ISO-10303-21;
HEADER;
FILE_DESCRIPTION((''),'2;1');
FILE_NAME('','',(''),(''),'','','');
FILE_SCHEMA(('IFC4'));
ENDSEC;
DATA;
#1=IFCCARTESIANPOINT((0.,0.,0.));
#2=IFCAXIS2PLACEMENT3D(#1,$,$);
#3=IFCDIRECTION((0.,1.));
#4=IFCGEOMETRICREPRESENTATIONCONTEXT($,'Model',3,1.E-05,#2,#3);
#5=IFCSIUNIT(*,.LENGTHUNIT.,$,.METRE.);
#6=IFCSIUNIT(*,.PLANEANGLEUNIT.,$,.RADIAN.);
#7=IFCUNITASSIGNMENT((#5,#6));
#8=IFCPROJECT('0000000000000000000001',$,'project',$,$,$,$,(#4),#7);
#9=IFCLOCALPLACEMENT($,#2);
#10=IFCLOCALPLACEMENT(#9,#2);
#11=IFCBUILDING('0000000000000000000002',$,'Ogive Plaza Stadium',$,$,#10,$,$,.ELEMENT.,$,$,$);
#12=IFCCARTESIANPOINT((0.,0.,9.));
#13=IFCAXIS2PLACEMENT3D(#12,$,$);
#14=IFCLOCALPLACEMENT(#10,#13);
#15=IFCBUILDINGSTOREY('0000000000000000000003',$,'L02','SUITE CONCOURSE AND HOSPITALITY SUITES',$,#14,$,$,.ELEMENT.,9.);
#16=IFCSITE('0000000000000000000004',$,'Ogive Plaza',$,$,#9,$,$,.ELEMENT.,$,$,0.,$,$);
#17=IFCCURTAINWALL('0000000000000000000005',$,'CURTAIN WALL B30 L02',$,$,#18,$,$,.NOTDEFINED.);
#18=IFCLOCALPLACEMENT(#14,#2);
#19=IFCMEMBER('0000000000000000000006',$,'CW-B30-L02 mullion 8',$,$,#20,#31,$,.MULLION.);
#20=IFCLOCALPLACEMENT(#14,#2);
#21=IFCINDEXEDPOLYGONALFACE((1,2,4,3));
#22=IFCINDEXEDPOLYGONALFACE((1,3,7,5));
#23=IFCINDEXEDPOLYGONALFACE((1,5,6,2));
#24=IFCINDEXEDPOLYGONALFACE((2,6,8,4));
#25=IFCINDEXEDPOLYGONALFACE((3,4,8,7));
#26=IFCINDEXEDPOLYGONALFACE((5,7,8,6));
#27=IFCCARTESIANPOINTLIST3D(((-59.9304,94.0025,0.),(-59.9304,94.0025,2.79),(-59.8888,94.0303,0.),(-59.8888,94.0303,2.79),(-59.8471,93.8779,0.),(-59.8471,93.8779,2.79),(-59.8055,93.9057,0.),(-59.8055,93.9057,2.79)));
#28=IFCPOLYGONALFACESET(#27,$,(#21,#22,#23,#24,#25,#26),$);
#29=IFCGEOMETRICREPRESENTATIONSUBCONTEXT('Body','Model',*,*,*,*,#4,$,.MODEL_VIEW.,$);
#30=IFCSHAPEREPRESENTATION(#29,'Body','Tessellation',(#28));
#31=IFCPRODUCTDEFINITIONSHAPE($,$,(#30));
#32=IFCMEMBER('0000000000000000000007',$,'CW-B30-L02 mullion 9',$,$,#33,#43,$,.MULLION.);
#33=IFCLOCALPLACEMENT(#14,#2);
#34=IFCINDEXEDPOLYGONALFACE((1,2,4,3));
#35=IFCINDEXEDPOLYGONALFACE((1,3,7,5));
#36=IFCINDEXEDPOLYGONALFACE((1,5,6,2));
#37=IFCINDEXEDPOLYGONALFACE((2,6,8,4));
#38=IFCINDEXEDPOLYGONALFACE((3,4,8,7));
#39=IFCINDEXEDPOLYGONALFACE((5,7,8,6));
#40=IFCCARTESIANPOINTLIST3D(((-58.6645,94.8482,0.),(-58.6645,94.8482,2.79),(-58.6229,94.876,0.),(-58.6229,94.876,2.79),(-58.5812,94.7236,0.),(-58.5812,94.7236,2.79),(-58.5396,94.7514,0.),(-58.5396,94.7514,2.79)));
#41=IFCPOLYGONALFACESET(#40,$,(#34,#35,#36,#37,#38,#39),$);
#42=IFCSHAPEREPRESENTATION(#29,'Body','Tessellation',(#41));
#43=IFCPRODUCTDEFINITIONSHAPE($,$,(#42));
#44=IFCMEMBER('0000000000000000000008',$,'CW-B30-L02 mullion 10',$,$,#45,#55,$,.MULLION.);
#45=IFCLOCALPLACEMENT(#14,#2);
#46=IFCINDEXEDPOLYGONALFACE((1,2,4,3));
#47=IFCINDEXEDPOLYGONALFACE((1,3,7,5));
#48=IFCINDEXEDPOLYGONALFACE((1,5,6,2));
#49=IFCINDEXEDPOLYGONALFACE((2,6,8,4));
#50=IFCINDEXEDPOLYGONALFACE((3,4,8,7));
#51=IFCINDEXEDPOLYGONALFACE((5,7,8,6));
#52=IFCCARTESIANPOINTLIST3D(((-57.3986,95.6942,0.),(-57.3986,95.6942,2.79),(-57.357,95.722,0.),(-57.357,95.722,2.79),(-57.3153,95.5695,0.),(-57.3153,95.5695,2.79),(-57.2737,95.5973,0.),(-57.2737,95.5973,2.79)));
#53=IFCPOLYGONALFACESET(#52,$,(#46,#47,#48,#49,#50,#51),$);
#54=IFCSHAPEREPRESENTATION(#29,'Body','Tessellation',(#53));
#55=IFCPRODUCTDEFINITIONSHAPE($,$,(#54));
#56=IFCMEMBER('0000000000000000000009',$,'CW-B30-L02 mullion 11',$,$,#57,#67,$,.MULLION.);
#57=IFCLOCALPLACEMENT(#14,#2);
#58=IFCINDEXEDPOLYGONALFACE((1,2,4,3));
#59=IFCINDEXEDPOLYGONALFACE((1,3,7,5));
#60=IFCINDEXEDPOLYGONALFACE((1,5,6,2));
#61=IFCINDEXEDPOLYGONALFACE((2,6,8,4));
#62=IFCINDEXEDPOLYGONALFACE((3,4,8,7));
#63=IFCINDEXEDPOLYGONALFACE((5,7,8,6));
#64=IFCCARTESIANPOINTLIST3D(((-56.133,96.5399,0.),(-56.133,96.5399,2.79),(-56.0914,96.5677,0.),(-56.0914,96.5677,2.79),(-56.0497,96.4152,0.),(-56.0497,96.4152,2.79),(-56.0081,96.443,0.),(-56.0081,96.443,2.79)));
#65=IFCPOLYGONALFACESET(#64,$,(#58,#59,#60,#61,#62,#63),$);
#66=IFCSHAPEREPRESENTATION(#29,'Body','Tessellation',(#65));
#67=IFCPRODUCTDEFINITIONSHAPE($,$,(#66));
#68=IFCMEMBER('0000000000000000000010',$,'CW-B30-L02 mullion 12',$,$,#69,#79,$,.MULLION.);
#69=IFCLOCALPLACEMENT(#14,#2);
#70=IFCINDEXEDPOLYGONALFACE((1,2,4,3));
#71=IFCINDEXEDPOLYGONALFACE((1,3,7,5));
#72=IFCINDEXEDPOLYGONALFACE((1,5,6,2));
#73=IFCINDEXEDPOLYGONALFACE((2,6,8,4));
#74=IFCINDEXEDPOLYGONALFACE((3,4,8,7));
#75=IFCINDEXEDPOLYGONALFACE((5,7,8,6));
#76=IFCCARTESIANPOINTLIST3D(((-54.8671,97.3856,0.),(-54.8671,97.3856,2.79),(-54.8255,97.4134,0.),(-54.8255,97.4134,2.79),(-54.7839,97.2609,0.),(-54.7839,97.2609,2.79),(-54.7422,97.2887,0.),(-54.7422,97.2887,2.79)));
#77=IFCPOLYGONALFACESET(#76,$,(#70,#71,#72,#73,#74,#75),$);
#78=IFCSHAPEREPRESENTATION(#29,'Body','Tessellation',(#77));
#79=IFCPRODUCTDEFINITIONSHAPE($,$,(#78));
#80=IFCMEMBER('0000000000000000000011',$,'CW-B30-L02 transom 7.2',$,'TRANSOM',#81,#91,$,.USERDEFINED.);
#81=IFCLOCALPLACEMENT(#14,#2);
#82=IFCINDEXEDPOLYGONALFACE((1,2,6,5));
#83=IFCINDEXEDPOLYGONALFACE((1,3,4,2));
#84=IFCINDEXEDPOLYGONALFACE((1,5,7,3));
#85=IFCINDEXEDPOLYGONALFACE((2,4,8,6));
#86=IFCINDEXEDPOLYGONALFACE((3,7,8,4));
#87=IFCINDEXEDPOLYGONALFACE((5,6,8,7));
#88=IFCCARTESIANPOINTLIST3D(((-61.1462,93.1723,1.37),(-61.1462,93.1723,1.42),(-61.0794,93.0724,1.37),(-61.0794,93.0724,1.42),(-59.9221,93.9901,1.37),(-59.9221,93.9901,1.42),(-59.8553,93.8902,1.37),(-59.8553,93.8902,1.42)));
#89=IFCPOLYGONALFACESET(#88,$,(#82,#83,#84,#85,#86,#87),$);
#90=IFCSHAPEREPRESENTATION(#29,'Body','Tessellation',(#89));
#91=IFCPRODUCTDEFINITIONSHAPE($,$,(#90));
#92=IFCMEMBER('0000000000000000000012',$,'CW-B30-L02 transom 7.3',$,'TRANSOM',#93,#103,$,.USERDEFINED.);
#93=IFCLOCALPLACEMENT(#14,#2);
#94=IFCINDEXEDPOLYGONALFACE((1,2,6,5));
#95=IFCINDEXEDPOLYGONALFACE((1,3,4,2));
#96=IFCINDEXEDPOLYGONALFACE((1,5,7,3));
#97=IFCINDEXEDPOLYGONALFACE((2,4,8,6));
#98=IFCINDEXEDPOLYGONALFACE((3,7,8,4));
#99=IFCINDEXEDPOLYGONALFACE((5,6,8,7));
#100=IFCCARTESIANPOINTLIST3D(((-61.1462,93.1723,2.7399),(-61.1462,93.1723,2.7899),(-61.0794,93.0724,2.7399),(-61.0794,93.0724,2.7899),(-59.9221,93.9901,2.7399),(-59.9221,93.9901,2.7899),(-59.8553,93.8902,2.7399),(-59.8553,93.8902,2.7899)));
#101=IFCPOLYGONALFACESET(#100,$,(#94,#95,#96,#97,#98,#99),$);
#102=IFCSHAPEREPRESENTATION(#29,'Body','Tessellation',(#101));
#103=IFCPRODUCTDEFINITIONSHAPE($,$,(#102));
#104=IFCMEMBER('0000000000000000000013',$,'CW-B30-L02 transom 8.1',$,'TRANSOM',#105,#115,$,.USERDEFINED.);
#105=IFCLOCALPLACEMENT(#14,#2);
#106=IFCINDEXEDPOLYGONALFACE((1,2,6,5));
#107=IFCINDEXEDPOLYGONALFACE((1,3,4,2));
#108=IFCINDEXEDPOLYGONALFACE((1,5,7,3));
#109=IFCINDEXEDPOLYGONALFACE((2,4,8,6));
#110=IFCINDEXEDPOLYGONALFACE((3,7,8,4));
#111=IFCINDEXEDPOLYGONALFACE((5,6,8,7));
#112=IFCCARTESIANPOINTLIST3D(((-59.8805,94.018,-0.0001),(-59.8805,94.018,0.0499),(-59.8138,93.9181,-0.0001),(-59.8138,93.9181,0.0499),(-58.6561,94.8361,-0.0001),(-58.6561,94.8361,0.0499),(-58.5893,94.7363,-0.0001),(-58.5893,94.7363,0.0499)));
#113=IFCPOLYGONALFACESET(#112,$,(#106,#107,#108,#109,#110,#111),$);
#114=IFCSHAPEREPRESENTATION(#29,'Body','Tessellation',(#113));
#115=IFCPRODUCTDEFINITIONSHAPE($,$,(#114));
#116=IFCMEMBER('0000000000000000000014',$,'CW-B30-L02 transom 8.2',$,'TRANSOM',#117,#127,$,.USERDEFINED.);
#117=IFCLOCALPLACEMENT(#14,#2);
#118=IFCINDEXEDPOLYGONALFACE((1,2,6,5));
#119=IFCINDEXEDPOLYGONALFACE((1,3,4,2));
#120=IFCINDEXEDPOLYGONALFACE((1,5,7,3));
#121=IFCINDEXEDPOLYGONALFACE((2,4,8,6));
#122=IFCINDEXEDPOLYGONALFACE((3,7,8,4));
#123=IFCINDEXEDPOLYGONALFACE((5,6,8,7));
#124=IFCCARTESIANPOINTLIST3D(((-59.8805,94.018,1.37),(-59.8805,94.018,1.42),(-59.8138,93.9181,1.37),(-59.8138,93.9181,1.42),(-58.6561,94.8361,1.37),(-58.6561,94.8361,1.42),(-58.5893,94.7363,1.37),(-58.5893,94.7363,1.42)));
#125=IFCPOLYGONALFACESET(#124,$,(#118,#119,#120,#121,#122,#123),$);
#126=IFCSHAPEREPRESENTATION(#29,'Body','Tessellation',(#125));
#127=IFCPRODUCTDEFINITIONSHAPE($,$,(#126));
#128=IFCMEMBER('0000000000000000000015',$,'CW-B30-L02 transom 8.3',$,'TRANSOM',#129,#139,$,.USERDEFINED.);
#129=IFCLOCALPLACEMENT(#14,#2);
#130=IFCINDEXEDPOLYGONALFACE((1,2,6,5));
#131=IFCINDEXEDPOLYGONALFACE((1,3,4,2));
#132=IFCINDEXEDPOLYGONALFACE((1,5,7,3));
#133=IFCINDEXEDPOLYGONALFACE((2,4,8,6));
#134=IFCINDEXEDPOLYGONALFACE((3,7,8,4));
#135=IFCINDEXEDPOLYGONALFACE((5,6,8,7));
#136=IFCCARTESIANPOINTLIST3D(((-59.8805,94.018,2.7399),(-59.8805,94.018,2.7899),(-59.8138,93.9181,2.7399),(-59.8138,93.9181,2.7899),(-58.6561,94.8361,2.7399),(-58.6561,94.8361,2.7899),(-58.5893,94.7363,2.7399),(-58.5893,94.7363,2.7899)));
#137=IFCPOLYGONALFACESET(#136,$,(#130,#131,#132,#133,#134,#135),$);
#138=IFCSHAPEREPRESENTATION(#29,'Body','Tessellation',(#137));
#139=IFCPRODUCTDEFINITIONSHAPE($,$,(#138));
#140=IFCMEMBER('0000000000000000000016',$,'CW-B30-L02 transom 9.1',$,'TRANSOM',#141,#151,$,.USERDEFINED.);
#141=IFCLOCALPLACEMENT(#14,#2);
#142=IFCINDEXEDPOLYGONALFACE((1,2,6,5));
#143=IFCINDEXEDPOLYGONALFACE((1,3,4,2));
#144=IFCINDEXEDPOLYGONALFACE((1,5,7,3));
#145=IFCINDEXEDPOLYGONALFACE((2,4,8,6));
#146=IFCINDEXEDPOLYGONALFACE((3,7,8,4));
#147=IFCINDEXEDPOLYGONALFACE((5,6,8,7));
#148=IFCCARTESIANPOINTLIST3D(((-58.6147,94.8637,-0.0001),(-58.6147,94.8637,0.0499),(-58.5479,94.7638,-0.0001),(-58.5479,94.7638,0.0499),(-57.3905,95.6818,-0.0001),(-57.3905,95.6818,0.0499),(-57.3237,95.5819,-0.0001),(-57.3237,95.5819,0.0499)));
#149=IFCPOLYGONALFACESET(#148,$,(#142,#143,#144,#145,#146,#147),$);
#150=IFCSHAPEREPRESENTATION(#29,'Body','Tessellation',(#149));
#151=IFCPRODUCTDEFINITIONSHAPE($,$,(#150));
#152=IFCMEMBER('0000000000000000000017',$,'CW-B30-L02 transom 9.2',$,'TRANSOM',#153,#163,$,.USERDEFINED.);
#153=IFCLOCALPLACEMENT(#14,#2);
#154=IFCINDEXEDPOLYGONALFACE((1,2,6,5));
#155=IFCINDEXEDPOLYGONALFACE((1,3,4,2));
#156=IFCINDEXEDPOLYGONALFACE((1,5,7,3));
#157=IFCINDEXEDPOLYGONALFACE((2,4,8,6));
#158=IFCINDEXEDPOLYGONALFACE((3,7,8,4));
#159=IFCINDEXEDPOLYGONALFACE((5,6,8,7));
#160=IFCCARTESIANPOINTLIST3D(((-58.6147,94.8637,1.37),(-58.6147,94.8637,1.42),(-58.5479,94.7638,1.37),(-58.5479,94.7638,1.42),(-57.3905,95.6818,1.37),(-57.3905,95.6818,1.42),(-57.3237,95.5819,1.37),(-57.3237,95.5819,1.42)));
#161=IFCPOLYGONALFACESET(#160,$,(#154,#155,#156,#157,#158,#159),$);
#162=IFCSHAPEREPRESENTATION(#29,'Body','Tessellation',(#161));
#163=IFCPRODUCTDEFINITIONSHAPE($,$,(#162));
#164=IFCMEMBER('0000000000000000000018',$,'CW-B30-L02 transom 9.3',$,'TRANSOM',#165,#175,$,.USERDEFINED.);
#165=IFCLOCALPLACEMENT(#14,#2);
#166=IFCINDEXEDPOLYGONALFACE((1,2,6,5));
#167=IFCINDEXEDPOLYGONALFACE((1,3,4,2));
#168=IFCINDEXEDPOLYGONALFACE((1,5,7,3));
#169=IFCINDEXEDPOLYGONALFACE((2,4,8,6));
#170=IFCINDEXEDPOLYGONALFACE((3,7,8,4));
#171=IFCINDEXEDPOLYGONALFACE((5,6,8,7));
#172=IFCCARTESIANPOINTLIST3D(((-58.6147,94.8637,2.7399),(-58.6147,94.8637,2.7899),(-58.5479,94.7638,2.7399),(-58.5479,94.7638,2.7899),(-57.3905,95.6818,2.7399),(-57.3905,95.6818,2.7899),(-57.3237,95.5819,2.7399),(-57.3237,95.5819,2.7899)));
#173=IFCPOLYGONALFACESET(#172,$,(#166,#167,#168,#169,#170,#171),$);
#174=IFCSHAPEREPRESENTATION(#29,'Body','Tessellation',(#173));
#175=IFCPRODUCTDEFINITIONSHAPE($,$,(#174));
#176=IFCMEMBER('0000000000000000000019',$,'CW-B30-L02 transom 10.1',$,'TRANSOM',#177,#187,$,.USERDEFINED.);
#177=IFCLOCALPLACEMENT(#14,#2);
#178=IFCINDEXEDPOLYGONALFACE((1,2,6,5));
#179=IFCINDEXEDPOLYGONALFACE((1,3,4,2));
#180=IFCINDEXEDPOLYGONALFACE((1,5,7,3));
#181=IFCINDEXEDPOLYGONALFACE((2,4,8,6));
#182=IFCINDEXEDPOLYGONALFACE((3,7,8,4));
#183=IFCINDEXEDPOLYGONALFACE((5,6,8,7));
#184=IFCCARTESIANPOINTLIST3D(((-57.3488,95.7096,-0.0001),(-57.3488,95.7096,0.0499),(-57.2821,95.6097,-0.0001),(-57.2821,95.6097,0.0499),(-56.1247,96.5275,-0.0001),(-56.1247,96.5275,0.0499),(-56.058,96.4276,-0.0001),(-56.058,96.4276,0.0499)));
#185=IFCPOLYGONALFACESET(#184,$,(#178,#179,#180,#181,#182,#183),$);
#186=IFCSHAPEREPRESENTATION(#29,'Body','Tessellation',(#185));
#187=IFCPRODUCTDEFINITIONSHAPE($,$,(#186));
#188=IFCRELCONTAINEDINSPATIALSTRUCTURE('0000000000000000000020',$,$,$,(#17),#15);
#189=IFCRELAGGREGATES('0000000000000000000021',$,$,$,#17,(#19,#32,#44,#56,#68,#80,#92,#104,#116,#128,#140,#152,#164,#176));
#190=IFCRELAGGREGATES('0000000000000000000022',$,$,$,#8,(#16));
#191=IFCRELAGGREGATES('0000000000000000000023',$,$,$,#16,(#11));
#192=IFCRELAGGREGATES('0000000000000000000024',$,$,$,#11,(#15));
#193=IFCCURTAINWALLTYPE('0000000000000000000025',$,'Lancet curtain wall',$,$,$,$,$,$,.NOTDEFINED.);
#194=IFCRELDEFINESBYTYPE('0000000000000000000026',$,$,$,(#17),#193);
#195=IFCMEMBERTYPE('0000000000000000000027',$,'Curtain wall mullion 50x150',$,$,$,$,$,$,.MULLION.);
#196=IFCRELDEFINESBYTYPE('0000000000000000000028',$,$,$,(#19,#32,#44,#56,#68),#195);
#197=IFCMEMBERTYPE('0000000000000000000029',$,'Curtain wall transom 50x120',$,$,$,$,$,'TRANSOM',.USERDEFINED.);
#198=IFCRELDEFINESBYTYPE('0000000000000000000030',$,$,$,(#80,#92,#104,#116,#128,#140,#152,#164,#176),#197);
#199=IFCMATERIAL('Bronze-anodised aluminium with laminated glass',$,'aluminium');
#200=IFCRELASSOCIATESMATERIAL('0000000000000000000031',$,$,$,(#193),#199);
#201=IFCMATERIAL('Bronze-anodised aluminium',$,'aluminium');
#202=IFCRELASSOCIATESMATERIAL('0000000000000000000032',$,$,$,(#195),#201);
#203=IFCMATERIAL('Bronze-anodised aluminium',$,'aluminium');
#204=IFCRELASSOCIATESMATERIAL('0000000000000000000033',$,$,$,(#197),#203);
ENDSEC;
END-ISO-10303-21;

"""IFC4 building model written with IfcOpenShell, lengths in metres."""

from ifc_helpers import new_model, si_unit, direction, frame, origin, origin_2d, place, context, subcontext, project, spatial, rectangle, extrude, material, material_profile, profile_set, type_object, element, aggregate, save


model = new_model("IFC4")

# Units and contexts
model_context = context("Model", 3, precision=1e-05, world=origin(), true_north=direction((0.0, 1.0)))
body_context = subcontext(model_context, "Body", "Model", "MODEL_VIEW")
ifc_project = project(units=[si_unit("LENGTHUNIT", "METRE"), si_unit("PLANEANGLEUNIT", "RADIAN")], contexts=[model_context])

# Site, building, storey
site_placement = place(None, origin())
site = spatial("IfcSite", under=ifc_project, at=site_placement, Name="Ogive Plaza", CompositionType="ELEMENT", RefElevation=0.0)
building_placement = place(site_placement, origin())
building = spatial("IfcBuilding", under=site, at=building_placement, Name="Ogive Plaza Stadium", CompositionType="ELEMENT")
storey_placement = place(building_placement, frame((0.0, 0.0, 9.0)))
storey = spatial("IfcBuildingStorey", under=building, at=storey_placement, Name="L02", Description="SUITE CONCOURSE AND HOSPITALITY SUITES", CompositionType="ELEMENT", Elevation=9.0)

# Curtain wall, members
ifc_material_1 = material(Name="Bronze-anodised aluminium with laminated glass", Category="aluminium")
curtain_wall_type = type_object("IfcCurtainWallType", Name="Lancet curtain wall", PredefinedType="NOTDEFINED", material=ifc_material_1)
curtain_wall_placement = place(storey_placement, origin())
curtain_wall = element("IfcCurtainWall", 1, at=curtain_wall_placement, inside=storey, type_object=curtain_wall_type, Name="CURTAIN WALL B30 L02", PredefinedType="NOTDEFINED")
ifc_material_2 = material(Name="Bronze-anodised aluminium", Category="aluminium")
ifc_material_profile_1 = material_profile(ifc_material_2, rectangle(XDim=0.1499, YDim=0.05, at=origin_2d()), Name="AL 150x50")
ifc_profile_set_1 = profile_set([ifc_material_profile_1], Name="Bronze-anodised aluminium")
member_type_1 = type_object("IfcMemberType", Name="Curtain wall mullion 50x150", PredefinedType="MULLION", material=ifc_profile_set_1)
member_1_placement = place(storey_placement, frame((-59.8679, 93.9541, 0.0), z_axis=(0.0, 0.0, 1.0), x_axis=(-0.55557, 0.83147, 0.0)))
member_1 = element("IfcMember", 2, at=member_1_placement, type_object=member_type_1, Name="CW-B30-L02 mullion 8", PredefinedType="MULLION", context=body_context, shape_type="SweptSolid", body=[
    extrude(rectangle(XDim=0.1499, YDim=0.05, at=origin_2d()), origin(), (0.0, 0.0, 1.0), 2.79),
])
member_2_placement = place(storey_placement, frame((-58.6021, 94.7998, 0.0), z_axis=(0.0, 0.0, 1.0), x_axis=(-0.55557, 0.83147, 0.0)))
member_2 = element("IfcMember", 3, at=member_2_placement, type_object=member_type_1, Name="CW-B30-L02 mullion 9", PredefinedType="MULLION", context=body_context, shape_type="SweptSolid", body=[
    extrude(rectangle(XDim=0.1499, YDim=0.05, at=origin_2d()), origin(), (0.0, 0.0, 1.0), 2.79),
])
member_3_placement = place(storey_placement, frame((-57.3362, 95.6458, 0.0), z_axis=(0.0, 0.0, 1.0), x_axis=(-0.55557, 0.83147, 0.0)))
member_3 = element("IfcMember", 4, at=member_3_placement, type_object=member_type_1, Name="CW-B30-L02 mullion 10", PredefinedType="MULLION", context=body_context, shape_type="SweptSolid", body=[
    extrude(rectangle(XDim=0.1499, YDim=0.05, at=origin_2d()), origin(), (0.0, 0.0, 1.0), 2.79),
])
member_4_placement = place(storey_placement, frame((-56.0706, 96.4915, 0.0), z_axis=(0.0, 0.0, 1.0), x_axis=(-0.55557, 0.83147, 0.0)))
member_4 = element("IfcMember", 5, at=member_4_placement, type_object=member_type_1, Name="CW-B30-L02 mullion 11", PredefinedType="MULLION", context=body_context, shape_type="SweptSolid", body=[
    extrude(rectangle(XDim=0.1499, YDim=0.05, at=origin_2d()), origin(), (0.0, 0.0, 1.0), 2.79),
])
member_5_placement = place(storey_placement, frame((-54.8047, 97.3372, 0.0), z_axis=(0.0, 0.0, 1.0), x_axis=(-0.55557, 0.83147, 0.0)))
member_5 = element("IfcMember", 6, at=member_5_placement, type_object=member_type_1, Name="CW-B30-L02 mullion 12", PredefinedType="MULLION", context=body_context, shape_type="SweptSolid", body=[
    extrude(rectangle(XDim=0.1499, YDim=0.05, at=origin_2d()), origin(), (0.0, 0.0, 1.0), 2.79),
])
ifc_material_3 = material(Name="Bronze-anodised aluminium", Category="aluminium")
ifc_material_profile_2 = material_profile(ifc_material_3, rectangle(XDim=0.1201, YDim=0.05, at=origin_2d()), Name="AL 120x50")
ifc_profile_set_2 = profile_set([ifc_material_profile_2], Name="Bronze-anodised aluminium")
member_type_2 = type_object("IfcMemberType", Name="Curtain wall transom 50x120", ElementType="TRANSOM", PredefinedType="USERDEFINED", material=ifc_profile_set_2)
member_6_placement = place(storey_placement, frame((-61.1128, 93.1223, 1.395), z_axis=(0.831489, 0.555542, 0.0), x_axis=(-0.555542, 0.831489, 0.0)))
member_6 = element("IfcMember", 7, at=member_6_placement, type_object=member_type_2, Name="CW-B30-L02 transom 7.2", ObjectType="TRANSOM", PredefinedType="USERDEFINED", context=body_context, shape_type="SweptSolid", body=[
    extrude(rectangle(XDim=0.1201, YDim=0.05, at=origin_2d()), origin(), (0.0, 0.0, 1.0), 1.4722),
])
member_7_placement = place(storey_placement, frame((-61.1128, 93.1223, 2.7649), z_axis=(0.831489, 0.555542, 0.0), x_axis=(-0.555542, 0.831489, 0.0)))
member_7 = element("IfcMember", 8, at=member_7_placement, type_object=member_type_2, Name="CW-B30-L02 transom 7.3", ObjectType="TRANSOM", PredefinedType="USERDEFINED", context=body_context, shape_type="SweptSolid", body=[
    extrude(rectangle(XDim=0.1201, YDim=0.05, at=origin_2d()), origin(), (0.0, 0.0, 1.0), 1.4722),
])
member_8_placement = place(storey_placement, frame((-59.8472, 93.968, 0.0249), z_axis=(0.831463, 0.55558, 0.0), x_axis=(-0.55558, 0.831463, 0.0)))
member_8 = element("IfcMember", 9, at=member_8_placement, type_object=member_type_2, Name="CW-B30-L02 transom 8.1", ObjectType="TRANSOM", PredefinedType="USERDEFINED", context=body_context, shape_type="SweptSolid", body=[
    extrude(rectangle(XDim=0.1201, YDim=0.05, at=origin_2d()), origin(), (0.0, 0.0, 1.0), 1.4727),
])
member_9_placement = place(storey_placement, frame((-59.8472, 93.968, 1.395), z_axis=(0.831463, 0.55558, 0.0), x_axis=(-0.55558, 0.831463, 0.0)))
member_9 = element("IfcMember", 10, at=member_9_placement, type_object=member_type_2, Name="CW-B30-L02 transom 8.2", ObjectType="TRANSOM", PredefinedType="USERDEFINED", context=body_context, shape_type="SweptSolid", body=[
    extrude(rectangle(XDim=0.1201, YDim=0.05, at=origin_2d()), origin(), (0.0, 0.0, 1.0), 1.4727),
])
member_10_placement = place(storey_placement, frame((-59.8472, 93.968, 2.7649), z_axis=(0.831463, 0.55558, 0.0), x_axis=(-0.55558, 0.831463, 0.0)))
member_10 = element("IfcMember", 11, at=member_10_placement, type_object=member_type_2, Name="CW-B30-L02 transom 8.3", ObjectType="TRANSOM", PredefinedType="USERDEFINED", context=body_context, shape_type="SweptSolid", body=[
    extrude(rectangle(XDim=0.1201, YDim=0.05, at=origin_2d()), origin(), (0.0, 0.0, 1.0), 1.4727),
])
member_11_placement = place(storey_placement, frame((-58.5813, 94.8137, 0.0249), z_axis=(0.831412, 0.555656, 0.0), x_axis=(-0.555656, 0.831412, 0.0)))
member_11 = element("IfcMember", 12, at=member_11_placement, type_object=member_type_2, Name="CW-B30-L02 transom 9.1", ObjectType="TRANSOM", PredefinedType="USERDEFINED", context=body_context, shape_type="SweptSolid", body=[
    extrude(rectangle(XDim=0.1201, YDim=0.05, at=origin_2d()), origin(), (0.0, 0.0, 1.0), 1.4724),
])
member_12_placement = place(storey_placement, frame((-58.5813, 94.8137, 1.395), z_axis=(0.831412, 0.555656, 0.0), x_axis=(-0.555656, 0.831412, 0.0)))
member_12 = element("IfcMember", 13, at=member_12_placement, type_object=member_type_2, Name="CW-B30-L02 transom 9.2", ObjectType="TRANSOM", PredefinedType="USERDEFINED", context=body_context, shape_type="SweptSolid", body=[
    extrude(rectangle(XDim=0.1201, YDim=0.05, at=origin_2d()), origin(), (0.0, 0.0, 1.0), 1.4724),
])
member_13_placement = place(storey_placement, frame((-58.5813, 94.8137, 2.7649), z_axis=(0.831412, 0.555656, 0.0), x_axis=(-0.555656, 0.831412, 0.0)))
member_13 = element("IfcMember", 14, at=member_13_placement, type_object=member_type_2, Name="CW-B30-L02 transom 9.3", ObjectType="TRANSOM", PredefinedType="USERDEFINED", context=body_context, shape_type="SweptSolid", body=[
    extrude(rectangle(XDim=0.1201, YDim=0.05, at=origin_2d()), origin(), (0.0, 0.0, 1.0), 1.4724),
])
member_14_placement = place(storey_placement, frame((-57.3154, 95.6597, 0.0249), z_axis=(0.831489, 0.555542, 0.0), x_axis=(-0.555542, 0.831489, 0.0)))
member_14 = element("IfcMember", 15, at=member_14_placement, type_object=member_type_2, Name="CW-B30-L02 transom 10.1", ObjectType="TRANSOM", PredefinedType="USERDEFINED", context=body_context, shape_type="SweptSolid", body=[
    extrude(rectangle(XDim=0.1201, YDim=0.05, at=origin_2d()), origin(), (0.0, 0.0, 1.0), 1.4722),
])
aggregate(curtain_wall, [member_1, member_2, member_3, member_4, member_5, member_6, member_7, member_8, member_9, member_10, member_11, member_12, member_13, member_14])

save(model, "model.ifc")
